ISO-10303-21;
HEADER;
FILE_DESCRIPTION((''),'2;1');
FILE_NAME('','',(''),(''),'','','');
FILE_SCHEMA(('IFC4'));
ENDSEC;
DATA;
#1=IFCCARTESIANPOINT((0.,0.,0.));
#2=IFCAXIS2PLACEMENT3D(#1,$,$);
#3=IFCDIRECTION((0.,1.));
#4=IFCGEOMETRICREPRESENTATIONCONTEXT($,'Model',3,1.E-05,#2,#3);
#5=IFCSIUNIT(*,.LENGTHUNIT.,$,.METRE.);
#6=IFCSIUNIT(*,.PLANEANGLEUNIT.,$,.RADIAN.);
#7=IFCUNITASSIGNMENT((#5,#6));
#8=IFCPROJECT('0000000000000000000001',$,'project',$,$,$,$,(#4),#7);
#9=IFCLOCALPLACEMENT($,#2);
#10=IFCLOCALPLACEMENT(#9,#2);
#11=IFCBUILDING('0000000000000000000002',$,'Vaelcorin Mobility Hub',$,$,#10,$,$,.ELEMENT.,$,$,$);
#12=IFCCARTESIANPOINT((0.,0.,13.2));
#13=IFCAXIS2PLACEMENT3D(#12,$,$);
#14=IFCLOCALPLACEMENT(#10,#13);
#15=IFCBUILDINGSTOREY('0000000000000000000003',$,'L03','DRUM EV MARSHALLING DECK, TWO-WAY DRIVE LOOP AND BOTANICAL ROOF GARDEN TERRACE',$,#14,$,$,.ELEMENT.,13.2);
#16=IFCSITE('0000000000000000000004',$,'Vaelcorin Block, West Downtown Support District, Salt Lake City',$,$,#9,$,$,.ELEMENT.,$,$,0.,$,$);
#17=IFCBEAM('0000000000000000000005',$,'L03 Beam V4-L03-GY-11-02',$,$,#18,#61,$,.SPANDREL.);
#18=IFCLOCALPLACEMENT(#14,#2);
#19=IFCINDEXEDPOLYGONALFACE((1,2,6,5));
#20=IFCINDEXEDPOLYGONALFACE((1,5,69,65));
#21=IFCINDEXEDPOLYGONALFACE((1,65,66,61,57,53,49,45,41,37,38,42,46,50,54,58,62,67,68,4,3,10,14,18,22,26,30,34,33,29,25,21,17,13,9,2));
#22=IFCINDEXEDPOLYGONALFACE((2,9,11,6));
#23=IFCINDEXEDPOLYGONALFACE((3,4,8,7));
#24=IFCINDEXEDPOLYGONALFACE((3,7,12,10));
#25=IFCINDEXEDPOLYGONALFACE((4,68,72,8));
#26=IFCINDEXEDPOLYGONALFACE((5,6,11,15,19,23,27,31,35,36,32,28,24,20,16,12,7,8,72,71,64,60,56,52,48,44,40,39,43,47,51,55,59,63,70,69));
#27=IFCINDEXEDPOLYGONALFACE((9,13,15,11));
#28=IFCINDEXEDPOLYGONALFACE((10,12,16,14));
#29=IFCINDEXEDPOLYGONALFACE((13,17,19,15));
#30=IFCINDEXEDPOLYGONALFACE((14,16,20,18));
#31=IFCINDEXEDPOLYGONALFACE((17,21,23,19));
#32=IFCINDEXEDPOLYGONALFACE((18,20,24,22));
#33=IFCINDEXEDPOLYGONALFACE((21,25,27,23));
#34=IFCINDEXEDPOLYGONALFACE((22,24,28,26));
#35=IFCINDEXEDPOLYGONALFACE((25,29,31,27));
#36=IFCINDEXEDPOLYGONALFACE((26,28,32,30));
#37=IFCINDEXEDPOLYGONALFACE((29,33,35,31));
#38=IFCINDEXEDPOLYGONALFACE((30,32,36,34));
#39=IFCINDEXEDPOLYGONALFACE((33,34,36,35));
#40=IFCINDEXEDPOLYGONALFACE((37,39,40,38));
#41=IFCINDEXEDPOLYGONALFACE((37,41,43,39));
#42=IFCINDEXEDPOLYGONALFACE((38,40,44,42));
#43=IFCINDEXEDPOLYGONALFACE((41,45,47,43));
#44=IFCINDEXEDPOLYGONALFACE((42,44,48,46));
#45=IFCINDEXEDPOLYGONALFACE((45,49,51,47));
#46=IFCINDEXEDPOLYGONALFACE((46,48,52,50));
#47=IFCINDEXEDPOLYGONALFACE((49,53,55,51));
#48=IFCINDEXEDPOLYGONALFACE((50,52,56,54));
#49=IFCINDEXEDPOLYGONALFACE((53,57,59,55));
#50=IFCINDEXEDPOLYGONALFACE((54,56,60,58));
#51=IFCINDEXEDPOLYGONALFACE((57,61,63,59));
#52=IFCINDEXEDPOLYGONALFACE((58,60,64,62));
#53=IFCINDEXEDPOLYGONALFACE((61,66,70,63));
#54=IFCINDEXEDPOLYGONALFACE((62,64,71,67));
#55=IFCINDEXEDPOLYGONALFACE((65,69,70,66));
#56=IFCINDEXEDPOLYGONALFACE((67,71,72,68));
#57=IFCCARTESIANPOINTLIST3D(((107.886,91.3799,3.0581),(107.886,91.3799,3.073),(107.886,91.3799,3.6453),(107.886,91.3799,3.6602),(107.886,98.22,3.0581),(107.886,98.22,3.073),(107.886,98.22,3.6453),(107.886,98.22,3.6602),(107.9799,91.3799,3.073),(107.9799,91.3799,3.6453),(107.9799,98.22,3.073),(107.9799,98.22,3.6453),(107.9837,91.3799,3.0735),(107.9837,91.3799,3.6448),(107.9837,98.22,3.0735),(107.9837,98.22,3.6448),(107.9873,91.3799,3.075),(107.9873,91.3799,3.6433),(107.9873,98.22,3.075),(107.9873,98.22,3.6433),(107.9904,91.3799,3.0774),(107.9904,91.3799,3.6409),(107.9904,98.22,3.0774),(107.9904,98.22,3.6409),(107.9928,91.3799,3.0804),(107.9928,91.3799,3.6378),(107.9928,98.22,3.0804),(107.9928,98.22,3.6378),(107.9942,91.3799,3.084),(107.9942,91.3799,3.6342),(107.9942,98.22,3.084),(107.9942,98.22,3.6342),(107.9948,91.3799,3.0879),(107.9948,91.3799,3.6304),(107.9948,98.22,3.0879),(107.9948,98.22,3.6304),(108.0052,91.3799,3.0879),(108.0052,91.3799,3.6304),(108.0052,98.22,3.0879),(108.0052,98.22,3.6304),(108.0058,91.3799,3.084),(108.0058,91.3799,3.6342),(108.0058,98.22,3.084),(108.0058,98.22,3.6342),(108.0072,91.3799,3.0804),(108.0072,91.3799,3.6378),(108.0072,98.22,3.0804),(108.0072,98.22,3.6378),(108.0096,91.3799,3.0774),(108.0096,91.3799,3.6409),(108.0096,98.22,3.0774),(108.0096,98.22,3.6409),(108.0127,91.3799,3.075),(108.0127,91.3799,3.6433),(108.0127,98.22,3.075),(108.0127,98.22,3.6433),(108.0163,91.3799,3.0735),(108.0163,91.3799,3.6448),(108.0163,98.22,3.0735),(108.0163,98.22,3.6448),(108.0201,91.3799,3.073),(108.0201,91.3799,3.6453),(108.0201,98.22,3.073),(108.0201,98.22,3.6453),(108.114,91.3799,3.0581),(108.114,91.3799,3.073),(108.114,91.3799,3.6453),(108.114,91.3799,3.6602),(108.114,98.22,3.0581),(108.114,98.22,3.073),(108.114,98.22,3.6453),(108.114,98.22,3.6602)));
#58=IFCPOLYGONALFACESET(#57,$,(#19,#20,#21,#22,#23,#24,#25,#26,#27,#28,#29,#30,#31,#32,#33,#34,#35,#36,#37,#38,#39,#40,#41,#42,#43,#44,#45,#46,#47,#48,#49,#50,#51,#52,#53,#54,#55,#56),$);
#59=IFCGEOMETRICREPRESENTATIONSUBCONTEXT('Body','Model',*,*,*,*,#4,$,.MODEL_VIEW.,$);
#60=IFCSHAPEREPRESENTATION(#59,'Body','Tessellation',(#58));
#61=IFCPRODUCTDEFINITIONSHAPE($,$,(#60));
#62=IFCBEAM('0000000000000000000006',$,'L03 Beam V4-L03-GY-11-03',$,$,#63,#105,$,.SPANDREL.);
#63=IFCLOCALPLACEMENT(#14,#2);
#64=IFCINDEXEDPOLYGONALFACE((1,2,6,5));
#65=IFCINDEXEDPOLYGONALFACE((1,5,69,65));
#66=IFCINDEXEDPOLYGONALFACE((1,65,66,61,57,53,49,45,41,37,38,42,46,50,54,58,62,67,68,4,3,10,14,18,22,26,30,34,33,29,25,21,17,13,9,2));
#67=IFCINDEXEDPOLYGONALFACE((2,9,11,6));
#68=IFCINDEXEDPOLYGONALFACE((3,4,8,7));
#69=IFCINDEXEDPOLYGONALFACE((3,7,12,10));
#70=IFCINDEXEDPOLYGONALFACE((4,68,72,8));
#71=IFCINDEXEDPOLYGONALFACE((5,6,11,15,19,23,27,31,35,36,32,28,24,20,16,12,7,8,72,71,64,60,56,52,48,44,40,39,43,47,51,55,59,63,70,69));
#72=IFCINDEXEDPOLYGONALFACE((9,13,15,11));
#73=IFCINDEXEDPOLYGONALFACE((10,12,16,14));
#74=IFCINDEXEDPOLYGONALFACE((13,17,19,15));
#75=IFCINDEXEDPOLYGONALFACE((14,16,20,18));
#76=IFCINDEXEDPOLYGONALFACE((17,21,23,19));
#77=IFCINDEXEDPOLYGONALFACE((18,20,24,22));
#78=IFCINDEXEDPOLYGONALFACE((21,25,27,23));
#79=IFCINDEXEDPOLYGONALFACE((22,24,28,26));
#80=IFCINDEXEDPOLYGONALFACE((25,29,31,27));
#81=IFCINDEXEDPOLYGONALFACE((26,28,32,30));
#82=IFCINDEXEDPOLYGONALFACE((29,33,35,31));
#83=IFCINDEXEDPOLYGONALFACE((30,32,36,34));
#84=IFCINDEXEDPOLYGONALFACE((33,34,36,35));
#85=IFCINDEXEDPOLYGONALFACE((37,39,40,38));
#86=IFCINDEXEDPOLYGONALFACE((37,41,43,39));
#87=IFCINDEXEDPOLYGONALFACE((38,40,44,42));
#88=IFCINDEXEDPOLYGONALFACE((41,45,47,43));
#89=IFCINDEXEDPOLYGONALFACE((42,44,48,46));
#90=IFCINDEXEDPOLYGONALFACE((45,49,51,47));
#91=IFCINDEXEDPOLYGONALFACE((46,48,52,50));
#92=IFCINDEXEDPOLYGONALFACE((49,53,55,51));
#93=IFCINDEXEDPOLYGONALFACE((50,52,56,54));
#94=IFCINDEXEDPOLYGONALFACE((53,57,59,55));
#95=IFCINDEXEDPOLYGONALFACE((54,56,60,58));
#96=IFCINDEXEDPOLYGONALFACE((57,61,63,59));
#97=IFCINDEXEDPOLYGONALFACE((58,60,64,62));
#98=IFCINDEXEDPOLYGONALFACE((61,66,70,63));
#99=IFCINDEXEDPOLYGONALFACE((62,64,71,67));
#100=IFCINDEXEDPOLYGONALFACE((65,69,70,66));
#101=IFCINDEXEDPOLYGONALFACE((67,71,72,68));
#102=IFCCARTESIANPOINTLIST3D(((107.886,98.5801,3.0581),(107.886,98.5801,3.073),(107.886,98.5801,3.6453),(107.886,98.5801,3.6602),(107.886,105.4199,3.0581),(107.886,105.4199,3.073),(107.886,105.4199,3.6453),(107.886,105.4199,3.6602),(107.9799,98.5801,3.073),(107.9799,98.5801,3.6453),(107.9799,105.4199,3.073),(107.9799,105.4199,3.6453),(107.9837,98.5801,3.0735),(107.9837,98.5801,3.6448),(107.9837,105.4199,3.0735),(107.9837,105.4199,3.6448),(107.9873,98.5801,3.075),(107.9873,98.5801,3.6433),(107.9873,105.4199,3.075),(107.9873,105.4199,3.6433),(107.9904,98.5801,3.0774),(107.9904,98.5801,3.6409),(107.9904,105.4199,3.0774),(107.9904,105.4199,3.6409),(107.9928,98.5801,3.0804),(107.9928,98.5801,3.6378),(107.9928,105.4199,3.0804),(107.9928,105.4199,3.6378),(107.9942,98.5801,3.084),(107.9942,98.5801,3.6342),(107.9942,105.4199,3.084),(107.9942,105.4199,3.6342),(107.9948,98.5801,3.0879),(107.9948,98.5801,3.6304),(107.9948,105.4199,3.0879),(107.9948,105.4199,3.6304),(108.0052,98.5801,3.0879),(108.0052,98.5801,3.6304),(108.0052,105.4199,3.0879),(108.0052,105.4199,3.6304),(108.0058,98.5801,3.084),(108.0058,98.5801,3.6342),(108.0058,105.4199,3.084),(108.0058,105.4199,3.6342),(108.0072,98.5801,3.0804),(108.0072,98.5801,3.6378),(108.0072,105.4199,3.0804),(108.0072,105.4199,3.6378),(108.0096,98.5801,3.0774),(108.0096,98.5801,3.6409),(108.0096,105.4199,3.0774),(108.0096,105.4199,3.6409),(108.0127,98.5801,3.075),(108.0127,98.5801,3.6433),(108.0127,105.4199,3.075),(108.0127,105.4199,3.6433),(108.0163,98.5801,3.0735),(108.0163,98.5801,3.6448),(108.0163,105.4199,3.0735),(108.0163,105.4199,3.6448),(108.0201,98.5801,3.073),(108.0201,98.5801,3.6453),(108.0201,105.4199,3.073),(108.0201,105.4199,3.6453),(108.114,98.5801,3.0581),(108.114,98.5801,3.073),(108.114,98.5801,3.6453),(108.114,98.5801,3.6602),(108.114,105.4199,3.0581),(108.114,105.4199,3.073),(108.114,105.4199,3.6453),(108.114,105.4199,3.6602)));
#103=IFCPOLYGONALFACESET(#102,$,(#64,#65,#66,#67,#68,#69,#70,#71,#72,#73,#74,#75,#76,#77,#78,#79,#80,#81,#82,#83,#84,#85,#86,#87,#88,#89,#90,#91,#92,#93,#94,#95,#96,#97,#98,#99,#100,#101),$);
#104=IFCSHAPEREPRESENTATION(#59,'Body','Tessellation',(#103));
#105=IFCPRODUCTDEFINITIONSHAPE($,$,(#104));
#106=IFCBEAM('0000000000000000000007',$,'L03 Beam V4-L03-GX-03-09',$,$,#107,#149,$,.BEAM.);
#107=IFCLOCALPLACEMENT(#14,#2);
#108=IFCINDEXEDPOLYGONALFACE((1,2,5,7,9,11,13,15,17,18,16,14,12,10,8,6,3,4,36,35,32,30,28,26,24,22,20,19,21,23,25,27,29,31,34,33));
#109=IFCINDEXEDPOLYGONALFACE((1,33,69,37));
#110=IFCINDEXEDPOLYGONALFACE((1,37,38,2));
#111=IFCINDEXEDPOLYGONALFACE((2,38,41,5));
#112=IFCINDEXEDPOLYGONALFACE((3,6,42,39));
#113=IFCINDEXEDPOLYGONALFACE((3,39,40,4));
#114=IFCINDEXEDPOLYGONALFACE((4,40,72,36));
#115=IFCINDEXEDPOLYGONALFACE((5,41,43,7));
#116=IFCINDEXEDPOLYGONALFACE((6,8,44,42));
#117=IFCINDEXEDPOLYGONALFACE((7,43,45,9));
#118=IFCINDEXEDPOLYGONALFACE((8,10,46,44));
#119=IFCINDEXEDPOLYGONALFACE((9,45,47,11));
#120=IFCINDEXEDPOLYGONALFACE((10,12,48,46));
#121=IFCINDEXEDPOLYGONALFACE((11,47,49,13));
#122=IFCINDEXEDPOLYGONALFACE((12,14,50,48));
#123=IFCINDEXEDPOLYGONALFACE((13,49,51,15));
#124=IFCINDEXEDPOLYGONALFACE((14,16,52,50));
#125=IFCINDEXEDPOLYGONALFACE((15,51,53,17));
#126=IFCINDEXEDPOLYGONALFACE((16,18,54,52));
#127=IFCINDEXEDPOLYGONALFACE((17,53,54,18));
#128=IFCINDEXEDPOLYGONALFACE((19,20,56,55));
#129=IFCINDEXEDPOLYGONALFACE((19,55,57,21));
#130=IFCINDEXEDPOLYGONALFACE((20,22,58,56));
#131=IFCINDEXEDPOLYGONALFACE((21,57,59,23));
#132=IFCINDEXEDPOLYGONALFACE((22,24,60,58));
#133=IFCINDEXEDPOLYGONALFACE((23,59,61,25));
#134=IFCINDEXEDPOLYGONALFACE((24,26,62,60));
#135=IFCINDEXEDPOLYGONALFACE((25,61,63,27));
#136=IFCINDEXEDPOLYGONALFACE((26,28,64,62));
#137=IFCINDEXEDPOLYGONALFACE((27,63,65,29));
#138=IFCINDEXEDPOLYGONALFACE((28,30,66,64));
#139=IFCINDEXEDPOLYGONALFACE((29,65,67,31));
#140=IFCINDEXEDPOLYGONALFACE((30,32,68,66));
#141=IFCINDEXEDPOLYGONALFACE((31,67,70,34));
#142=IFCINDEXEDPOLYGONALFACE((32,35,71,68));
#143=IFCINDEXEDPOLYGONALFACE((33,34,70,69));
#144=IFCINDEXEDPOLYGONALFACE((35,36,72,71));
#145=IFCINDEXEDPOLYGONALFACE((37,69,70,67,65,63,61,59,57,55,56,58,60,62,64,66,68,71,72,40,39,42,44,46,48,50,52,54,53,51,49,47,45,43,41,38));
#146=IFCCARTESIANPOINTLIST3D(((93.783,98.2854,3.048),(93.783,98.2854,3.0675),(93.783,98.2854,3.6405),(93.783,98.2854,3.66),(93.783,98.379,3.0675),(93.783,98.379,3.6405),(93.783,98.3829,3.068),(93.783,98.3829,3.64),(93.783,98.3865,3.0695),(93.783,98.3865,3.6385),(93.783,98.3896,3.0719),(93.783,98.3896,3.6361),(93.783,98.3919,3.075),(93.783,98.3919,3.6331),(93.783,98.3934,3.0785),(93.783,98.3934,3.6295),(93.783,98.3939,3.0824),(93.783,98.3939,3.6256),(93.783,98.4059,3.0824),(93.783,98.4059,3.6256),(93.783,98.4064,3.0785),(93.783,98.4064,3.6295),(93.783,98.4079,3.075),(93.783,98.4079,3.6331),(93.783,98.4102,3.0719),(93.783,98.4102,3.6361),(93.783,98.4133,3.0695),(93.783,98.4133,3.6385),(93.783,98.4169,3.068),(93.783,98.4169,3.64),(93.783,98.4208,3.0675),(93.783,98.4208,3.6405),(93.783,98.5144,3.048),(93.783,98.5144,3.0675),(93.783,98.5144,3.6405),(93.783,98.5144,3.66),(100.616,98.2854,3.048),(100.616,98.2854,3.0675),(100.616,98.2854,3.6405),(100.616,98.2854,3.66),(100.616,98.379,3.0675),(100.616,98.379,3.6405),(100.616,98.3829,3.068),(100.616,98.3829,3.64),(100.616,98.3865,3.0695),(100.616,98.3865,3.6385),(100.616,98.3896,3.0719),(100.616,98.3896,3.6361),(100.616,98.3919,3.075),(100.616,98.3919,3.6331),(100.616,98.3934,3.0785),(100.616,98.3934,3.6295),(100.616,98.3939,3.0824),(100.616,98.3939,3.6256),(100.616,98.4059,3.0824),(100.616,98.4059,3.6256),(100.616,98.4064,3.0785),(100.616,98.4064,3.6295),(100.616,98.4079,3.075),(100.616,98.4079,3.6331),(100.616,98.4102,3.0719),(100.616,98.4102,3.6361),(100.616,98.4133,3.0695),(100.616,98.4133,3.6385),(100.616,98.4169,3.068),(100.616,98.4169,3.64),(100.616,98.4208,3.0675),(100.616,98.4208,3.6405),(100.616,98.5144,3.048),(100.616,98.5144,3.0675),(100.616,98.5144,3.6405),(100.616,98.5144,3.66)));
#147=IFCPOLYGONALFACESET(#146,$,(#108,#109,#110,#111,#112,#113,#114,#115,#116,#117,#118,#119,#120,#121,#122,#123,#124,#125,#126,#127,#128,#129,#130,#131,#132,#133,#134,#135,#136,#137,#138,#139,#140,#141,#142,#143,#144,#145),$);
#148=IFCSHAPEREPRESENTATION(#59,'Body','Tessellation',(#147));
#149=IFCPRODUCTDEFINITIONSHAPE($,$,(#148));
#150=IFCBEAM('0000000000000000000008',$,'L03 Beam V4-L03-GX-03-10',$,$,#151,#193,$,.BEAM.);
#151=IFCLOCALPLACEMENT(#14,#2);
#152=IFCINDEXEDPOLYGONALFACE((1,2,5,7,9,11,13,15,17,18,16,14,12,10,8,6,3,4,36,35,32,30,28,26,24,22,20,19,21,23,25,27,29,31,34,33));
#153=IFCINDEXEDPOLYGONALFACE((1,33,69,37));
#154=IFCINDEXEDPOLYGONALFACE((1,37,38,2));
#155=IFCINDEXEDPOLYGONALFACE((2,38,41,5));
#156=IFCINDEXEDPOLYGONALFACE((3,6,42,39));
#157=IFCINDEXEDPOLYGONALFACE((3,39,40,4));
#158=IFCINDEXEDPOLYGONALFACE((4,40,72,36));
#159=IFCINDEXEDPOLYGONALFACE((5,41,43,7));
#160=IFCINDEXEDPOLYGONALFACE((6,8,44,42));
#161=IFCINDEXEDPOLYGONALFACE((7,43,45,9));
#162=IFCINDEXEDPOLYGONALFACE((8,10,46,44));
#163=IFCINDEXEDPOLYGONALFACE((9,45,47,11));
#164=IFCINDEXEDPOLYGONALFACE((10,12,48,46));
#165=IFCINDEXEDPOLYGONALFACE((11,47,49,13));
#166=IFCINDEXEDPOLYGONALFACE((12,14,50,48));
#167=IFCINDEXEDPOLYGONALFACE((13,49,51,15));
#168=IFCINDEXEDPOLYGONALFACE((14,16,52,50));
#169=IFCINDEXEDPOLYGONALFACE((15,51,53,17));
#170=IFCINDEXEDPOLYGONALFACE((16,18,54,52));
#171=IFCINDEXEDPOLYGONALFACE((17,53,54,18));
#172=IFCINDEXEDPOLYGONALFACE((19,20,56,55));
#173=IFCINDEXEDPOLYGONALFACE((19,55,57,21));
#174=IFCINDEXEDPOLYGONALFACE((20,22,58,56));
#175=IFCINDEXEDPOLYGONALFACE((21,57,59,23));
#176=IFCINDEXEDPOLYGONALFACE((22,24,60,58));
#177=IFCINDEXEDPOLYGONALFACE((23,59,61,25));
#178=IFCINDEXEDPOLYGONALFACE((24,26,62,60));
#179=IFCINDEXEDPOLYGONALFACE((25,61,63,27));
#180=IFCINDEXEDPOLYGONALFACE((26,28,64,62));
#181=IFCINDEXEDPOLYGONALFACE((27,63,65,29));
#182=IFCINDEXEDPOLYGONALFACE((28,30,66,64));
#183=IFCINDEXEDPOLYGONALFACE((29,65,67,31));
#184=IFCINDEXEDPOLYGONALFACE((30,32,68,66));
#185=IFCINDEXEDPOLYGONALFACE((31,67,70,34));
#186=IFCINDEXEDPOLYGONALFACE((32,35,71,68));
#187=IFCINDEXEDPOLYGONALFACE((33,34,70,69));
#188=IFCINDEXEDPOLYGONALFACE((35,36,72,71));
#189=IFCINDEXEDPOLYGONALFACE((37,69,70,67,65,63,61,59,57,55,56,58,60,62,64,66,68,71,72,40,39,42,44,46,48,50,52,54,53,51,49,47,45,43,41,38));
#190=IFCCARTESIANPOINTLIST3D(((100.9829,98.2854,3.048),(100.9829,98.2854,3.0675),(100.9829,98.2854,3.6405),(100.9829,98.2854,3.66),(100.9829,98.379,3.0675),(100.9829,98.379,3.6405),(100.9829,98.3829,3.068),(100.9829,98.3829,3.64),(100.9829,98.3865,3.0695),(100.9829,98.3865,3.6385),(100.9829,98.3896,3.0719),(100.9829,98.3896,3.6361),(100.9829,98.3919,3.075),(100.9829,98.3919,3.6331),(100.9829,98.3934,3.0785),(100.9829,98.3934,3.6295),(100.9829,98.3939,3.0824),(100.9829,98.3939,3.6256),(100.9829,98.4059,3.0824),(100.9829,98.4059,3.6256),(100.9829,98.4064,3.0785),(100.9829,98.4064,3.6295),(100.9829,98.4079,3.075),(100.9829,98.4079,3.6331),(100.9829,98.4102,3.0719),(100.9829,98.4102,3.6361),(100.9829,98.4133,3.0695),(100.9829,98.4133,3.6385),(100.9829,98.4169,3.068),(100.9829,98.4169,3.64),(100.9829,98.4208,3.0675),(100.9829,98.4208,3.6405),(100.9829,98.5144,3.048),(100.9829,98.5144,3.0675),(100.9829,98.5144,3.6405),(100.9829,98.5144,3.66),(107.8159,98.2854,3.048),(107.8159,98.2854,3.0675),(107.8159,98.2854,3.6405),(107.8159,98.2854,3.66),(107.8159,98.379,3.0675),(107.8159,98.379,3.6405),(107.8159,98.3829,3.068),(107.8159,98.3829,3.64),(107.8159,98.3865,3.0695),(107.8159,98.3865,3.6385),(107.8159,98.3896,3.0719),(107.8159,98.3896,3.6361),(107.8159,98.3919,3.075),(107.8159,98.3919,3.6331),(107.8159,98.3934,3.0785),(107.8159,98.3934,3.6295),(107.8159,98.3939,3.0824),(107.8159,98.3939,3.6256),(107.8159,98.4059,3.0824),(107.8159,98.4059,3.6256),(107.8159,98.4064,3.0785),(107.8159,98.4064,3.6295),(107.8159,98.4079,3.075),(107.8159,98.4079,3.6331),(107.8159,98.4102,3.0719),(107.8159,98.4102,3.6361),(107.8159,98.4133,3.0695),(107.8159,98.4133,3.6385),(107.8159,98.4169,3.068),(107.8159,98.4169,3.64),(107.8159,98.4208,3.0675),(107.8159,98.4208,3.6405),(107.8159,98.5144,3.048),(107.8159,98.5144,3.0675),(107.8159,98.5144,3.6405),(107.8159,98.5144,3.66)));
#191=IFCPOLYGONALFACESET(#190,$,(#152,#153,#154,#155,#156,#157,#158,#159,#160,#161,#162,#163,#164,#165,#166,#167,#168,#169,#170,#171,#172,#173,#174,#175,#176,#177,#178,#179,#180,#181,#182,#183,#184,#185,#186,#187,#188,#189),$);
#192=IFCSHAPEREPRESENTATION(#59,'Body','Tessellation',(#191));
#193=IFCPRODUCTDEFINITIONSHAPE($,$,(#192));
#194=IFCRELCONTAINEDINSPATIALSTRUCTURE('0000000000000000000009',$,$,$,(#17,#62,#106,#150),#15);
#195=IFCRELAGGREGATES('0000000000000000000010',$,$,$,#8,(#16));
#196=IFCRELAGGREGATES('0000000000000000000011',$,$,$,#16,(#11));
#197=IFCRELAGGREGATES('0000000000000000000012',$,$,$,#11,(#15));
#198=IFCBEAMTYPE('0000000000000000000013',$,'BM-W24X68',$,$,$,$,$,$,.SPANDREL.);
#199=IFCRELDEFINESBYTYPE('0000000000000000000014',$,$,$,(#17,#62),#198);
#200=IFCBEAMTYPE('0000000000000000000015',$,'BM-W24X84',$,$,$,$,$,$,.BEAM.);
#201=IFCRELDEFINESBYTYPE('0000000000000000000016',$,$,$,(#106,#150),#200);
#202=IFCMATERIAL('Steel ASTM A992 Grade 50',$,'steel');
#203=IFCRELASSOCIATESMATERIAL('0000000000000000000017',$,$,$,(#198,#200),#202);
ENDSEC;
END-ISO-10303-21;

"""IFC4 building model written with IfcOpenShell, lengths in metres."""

from ifc_helpers import new_model, si_unit, direction, frame, origin, origin_2d, place, context, subcontext, project, spatial, i_section, extrude, material, material_profile, profile_set, type_object, element, save


model = new_model("IFC4")

# Units and contexts
model_context = context("Model", 3, precision=1e-05, world=origin(), true_north=direction((0.0, 1.0)))
body_context = subcontext(model_context, "Body", "Model", "MODEL_VIEW")
ifc_project = project(units=[si_unit("LENGTHUNIT", "METRE"), si_unit("PLANEANGLEUNIT", "RADIAN")], contexts=[model_context])

# Site, building, storey
site_placement = place(None, origin())
site = spatial("IfcSite", under=ifc_project, at=site_placement, Name="Vaelcorin Block, West Downtown Support District, Salt Lake City", CompositionType="ELEMENT", RefElevation=0.0)
building_placement = place(site_placement, origin())
building = spatial("IfcBuilding", under=site, at=building_placement, Name="Vaelcorin Mobility Hub", CompositionType="ELEMENT")
storey_placement = place(building_placement, frame((0.0, 0.0, 13.2)))
storey = spatial("IfcBuildingStorey", under=building, at=storey_placement, Name="L03", Description="DRUM EV MARSHALLING DECK, TWO-WAY DRIVE LOOP AND BOTANICAL ROOF GARDEN TERRACE", CompositionType="ELEMENT", Elevation=13.2)

# Shared definitions
ifc_material_1 = material(Name="Steel ASTM A992 Grade 50", Category="steel")

# Beams
ifc_material_profile_1 = material_profile(ifc_material_1, i_section(OverallWidth=0.228, OverallDepth=0.6021, WebThickness=0.0105, FlangeThickness=0.0149, FilletRadius=0.0149, at=origin_2d()), Name="W24X68")
ifc_profile_set_1 = profile_set([ifc_material_profile_1], Name="Steel ASTM A992 Grade 50")
beam_type_1 = type_object("IfcBeamType", Name="BM-W24X68", PredefinedType="SPANDREL", material=ifc_profile_set_1)
beam_1_placement = place(storey_placement, frame((108.0, 91.3799, 3.3591), z_axis=(0.0, 1.0, 0.0), x_axis=(-1.0, 0.0, 0.0)))
element("IfcBeam", 1, at=beam_1_placement, inside=storey, type_object=beam_type_1, Name="L03 Beam V4-L03-GY-11-02", PredefinedType="SPANDREL", context=body_context, shape_type="SweptSolid", body=[
    extrude(i_section(OverallWidth=0.228, OverallDepth=0.6021, WebThickness=0.0105, FlangeThickness=0.0149, FilletRadius=0.0149, at=origin_2d()), origin(), (0.0, 0.0, 1.0), 6.8401),
])
beam_2_placement = place(storey_placement, frame((108.0, 98.5801, 3.3591), z_axis=(0.0, 1.0, 0.0), x_axis=(-1.0, 0.0, 0.0)))
element("IfcBeam", 2, at=beam_2_placement, inside=storey, type_object=beam_type_1, Name="L03 Beam V4-L03-GY-11-03", PredefinedType="SPANDREL", context=body_context, shape_type="SweptSolid", body=[
    extrude(i_section(OverallWidth=0.228, OverallDepth=0.6021, WebThickness=0.0105, FlangeThickness=0.0149, FilletRadius=0.0149, at=origin_2d()), origin(), (0.0, 0.0, 1.0), 6.8398),
])
ifc_material_profile_2 = material_profile(ifc_material_1, i_section(OverallWidth=0.229, OverallDepth=0.6121, WebThickness=0.012, FlangeThickness=0.0195, FilletRadius=0.0149, at=origin_2d()), Name="W24X84")
ifc_profile_set_2 = profile_set([ifc_material_profile_2], Name="Steel ASTM A992 Grade 50")
beam_type_2 = type_object("IfcBeamType", Name="BM-W24X84", PredefinedType="BEAM", material=ifc_profile_set_2)
for number, where, z_axis, x_axis, name in (
    (3, (93.783, 98.3999, 3.354), (1.0, 0.0, 0.0), (0.0, 1.0, 0.0), "L03 Beam V4-L03-GX-03-09"),
    (4, (100.9829, 98.3999, 3.354), (1.0, 0.0, 0.0), (0.0, 1.0, 0.0), "L03 Beam V4-L03-GX-03-10"),
):
    element("IfcBeam", number, at=place(storey_placement, frame(where, z_axis=z_axis, x_axis=x_axis)), inside=storey, type_object=beam_type_2, Name=name, PredefinedType="BEAM", context=body_context, shape_type="SweptSolid", body=[
        extrude(i_section(OverallWidth=0.229, OverallDepth=0.6121, WebThickness=0.012, FlangeThickness=0.0195, FilletRadius=0.0149, at=origin_2d()), origin(), (0.0, 0.0, 1.0), 6.833),
    ])

save(model, "model.ifc")
